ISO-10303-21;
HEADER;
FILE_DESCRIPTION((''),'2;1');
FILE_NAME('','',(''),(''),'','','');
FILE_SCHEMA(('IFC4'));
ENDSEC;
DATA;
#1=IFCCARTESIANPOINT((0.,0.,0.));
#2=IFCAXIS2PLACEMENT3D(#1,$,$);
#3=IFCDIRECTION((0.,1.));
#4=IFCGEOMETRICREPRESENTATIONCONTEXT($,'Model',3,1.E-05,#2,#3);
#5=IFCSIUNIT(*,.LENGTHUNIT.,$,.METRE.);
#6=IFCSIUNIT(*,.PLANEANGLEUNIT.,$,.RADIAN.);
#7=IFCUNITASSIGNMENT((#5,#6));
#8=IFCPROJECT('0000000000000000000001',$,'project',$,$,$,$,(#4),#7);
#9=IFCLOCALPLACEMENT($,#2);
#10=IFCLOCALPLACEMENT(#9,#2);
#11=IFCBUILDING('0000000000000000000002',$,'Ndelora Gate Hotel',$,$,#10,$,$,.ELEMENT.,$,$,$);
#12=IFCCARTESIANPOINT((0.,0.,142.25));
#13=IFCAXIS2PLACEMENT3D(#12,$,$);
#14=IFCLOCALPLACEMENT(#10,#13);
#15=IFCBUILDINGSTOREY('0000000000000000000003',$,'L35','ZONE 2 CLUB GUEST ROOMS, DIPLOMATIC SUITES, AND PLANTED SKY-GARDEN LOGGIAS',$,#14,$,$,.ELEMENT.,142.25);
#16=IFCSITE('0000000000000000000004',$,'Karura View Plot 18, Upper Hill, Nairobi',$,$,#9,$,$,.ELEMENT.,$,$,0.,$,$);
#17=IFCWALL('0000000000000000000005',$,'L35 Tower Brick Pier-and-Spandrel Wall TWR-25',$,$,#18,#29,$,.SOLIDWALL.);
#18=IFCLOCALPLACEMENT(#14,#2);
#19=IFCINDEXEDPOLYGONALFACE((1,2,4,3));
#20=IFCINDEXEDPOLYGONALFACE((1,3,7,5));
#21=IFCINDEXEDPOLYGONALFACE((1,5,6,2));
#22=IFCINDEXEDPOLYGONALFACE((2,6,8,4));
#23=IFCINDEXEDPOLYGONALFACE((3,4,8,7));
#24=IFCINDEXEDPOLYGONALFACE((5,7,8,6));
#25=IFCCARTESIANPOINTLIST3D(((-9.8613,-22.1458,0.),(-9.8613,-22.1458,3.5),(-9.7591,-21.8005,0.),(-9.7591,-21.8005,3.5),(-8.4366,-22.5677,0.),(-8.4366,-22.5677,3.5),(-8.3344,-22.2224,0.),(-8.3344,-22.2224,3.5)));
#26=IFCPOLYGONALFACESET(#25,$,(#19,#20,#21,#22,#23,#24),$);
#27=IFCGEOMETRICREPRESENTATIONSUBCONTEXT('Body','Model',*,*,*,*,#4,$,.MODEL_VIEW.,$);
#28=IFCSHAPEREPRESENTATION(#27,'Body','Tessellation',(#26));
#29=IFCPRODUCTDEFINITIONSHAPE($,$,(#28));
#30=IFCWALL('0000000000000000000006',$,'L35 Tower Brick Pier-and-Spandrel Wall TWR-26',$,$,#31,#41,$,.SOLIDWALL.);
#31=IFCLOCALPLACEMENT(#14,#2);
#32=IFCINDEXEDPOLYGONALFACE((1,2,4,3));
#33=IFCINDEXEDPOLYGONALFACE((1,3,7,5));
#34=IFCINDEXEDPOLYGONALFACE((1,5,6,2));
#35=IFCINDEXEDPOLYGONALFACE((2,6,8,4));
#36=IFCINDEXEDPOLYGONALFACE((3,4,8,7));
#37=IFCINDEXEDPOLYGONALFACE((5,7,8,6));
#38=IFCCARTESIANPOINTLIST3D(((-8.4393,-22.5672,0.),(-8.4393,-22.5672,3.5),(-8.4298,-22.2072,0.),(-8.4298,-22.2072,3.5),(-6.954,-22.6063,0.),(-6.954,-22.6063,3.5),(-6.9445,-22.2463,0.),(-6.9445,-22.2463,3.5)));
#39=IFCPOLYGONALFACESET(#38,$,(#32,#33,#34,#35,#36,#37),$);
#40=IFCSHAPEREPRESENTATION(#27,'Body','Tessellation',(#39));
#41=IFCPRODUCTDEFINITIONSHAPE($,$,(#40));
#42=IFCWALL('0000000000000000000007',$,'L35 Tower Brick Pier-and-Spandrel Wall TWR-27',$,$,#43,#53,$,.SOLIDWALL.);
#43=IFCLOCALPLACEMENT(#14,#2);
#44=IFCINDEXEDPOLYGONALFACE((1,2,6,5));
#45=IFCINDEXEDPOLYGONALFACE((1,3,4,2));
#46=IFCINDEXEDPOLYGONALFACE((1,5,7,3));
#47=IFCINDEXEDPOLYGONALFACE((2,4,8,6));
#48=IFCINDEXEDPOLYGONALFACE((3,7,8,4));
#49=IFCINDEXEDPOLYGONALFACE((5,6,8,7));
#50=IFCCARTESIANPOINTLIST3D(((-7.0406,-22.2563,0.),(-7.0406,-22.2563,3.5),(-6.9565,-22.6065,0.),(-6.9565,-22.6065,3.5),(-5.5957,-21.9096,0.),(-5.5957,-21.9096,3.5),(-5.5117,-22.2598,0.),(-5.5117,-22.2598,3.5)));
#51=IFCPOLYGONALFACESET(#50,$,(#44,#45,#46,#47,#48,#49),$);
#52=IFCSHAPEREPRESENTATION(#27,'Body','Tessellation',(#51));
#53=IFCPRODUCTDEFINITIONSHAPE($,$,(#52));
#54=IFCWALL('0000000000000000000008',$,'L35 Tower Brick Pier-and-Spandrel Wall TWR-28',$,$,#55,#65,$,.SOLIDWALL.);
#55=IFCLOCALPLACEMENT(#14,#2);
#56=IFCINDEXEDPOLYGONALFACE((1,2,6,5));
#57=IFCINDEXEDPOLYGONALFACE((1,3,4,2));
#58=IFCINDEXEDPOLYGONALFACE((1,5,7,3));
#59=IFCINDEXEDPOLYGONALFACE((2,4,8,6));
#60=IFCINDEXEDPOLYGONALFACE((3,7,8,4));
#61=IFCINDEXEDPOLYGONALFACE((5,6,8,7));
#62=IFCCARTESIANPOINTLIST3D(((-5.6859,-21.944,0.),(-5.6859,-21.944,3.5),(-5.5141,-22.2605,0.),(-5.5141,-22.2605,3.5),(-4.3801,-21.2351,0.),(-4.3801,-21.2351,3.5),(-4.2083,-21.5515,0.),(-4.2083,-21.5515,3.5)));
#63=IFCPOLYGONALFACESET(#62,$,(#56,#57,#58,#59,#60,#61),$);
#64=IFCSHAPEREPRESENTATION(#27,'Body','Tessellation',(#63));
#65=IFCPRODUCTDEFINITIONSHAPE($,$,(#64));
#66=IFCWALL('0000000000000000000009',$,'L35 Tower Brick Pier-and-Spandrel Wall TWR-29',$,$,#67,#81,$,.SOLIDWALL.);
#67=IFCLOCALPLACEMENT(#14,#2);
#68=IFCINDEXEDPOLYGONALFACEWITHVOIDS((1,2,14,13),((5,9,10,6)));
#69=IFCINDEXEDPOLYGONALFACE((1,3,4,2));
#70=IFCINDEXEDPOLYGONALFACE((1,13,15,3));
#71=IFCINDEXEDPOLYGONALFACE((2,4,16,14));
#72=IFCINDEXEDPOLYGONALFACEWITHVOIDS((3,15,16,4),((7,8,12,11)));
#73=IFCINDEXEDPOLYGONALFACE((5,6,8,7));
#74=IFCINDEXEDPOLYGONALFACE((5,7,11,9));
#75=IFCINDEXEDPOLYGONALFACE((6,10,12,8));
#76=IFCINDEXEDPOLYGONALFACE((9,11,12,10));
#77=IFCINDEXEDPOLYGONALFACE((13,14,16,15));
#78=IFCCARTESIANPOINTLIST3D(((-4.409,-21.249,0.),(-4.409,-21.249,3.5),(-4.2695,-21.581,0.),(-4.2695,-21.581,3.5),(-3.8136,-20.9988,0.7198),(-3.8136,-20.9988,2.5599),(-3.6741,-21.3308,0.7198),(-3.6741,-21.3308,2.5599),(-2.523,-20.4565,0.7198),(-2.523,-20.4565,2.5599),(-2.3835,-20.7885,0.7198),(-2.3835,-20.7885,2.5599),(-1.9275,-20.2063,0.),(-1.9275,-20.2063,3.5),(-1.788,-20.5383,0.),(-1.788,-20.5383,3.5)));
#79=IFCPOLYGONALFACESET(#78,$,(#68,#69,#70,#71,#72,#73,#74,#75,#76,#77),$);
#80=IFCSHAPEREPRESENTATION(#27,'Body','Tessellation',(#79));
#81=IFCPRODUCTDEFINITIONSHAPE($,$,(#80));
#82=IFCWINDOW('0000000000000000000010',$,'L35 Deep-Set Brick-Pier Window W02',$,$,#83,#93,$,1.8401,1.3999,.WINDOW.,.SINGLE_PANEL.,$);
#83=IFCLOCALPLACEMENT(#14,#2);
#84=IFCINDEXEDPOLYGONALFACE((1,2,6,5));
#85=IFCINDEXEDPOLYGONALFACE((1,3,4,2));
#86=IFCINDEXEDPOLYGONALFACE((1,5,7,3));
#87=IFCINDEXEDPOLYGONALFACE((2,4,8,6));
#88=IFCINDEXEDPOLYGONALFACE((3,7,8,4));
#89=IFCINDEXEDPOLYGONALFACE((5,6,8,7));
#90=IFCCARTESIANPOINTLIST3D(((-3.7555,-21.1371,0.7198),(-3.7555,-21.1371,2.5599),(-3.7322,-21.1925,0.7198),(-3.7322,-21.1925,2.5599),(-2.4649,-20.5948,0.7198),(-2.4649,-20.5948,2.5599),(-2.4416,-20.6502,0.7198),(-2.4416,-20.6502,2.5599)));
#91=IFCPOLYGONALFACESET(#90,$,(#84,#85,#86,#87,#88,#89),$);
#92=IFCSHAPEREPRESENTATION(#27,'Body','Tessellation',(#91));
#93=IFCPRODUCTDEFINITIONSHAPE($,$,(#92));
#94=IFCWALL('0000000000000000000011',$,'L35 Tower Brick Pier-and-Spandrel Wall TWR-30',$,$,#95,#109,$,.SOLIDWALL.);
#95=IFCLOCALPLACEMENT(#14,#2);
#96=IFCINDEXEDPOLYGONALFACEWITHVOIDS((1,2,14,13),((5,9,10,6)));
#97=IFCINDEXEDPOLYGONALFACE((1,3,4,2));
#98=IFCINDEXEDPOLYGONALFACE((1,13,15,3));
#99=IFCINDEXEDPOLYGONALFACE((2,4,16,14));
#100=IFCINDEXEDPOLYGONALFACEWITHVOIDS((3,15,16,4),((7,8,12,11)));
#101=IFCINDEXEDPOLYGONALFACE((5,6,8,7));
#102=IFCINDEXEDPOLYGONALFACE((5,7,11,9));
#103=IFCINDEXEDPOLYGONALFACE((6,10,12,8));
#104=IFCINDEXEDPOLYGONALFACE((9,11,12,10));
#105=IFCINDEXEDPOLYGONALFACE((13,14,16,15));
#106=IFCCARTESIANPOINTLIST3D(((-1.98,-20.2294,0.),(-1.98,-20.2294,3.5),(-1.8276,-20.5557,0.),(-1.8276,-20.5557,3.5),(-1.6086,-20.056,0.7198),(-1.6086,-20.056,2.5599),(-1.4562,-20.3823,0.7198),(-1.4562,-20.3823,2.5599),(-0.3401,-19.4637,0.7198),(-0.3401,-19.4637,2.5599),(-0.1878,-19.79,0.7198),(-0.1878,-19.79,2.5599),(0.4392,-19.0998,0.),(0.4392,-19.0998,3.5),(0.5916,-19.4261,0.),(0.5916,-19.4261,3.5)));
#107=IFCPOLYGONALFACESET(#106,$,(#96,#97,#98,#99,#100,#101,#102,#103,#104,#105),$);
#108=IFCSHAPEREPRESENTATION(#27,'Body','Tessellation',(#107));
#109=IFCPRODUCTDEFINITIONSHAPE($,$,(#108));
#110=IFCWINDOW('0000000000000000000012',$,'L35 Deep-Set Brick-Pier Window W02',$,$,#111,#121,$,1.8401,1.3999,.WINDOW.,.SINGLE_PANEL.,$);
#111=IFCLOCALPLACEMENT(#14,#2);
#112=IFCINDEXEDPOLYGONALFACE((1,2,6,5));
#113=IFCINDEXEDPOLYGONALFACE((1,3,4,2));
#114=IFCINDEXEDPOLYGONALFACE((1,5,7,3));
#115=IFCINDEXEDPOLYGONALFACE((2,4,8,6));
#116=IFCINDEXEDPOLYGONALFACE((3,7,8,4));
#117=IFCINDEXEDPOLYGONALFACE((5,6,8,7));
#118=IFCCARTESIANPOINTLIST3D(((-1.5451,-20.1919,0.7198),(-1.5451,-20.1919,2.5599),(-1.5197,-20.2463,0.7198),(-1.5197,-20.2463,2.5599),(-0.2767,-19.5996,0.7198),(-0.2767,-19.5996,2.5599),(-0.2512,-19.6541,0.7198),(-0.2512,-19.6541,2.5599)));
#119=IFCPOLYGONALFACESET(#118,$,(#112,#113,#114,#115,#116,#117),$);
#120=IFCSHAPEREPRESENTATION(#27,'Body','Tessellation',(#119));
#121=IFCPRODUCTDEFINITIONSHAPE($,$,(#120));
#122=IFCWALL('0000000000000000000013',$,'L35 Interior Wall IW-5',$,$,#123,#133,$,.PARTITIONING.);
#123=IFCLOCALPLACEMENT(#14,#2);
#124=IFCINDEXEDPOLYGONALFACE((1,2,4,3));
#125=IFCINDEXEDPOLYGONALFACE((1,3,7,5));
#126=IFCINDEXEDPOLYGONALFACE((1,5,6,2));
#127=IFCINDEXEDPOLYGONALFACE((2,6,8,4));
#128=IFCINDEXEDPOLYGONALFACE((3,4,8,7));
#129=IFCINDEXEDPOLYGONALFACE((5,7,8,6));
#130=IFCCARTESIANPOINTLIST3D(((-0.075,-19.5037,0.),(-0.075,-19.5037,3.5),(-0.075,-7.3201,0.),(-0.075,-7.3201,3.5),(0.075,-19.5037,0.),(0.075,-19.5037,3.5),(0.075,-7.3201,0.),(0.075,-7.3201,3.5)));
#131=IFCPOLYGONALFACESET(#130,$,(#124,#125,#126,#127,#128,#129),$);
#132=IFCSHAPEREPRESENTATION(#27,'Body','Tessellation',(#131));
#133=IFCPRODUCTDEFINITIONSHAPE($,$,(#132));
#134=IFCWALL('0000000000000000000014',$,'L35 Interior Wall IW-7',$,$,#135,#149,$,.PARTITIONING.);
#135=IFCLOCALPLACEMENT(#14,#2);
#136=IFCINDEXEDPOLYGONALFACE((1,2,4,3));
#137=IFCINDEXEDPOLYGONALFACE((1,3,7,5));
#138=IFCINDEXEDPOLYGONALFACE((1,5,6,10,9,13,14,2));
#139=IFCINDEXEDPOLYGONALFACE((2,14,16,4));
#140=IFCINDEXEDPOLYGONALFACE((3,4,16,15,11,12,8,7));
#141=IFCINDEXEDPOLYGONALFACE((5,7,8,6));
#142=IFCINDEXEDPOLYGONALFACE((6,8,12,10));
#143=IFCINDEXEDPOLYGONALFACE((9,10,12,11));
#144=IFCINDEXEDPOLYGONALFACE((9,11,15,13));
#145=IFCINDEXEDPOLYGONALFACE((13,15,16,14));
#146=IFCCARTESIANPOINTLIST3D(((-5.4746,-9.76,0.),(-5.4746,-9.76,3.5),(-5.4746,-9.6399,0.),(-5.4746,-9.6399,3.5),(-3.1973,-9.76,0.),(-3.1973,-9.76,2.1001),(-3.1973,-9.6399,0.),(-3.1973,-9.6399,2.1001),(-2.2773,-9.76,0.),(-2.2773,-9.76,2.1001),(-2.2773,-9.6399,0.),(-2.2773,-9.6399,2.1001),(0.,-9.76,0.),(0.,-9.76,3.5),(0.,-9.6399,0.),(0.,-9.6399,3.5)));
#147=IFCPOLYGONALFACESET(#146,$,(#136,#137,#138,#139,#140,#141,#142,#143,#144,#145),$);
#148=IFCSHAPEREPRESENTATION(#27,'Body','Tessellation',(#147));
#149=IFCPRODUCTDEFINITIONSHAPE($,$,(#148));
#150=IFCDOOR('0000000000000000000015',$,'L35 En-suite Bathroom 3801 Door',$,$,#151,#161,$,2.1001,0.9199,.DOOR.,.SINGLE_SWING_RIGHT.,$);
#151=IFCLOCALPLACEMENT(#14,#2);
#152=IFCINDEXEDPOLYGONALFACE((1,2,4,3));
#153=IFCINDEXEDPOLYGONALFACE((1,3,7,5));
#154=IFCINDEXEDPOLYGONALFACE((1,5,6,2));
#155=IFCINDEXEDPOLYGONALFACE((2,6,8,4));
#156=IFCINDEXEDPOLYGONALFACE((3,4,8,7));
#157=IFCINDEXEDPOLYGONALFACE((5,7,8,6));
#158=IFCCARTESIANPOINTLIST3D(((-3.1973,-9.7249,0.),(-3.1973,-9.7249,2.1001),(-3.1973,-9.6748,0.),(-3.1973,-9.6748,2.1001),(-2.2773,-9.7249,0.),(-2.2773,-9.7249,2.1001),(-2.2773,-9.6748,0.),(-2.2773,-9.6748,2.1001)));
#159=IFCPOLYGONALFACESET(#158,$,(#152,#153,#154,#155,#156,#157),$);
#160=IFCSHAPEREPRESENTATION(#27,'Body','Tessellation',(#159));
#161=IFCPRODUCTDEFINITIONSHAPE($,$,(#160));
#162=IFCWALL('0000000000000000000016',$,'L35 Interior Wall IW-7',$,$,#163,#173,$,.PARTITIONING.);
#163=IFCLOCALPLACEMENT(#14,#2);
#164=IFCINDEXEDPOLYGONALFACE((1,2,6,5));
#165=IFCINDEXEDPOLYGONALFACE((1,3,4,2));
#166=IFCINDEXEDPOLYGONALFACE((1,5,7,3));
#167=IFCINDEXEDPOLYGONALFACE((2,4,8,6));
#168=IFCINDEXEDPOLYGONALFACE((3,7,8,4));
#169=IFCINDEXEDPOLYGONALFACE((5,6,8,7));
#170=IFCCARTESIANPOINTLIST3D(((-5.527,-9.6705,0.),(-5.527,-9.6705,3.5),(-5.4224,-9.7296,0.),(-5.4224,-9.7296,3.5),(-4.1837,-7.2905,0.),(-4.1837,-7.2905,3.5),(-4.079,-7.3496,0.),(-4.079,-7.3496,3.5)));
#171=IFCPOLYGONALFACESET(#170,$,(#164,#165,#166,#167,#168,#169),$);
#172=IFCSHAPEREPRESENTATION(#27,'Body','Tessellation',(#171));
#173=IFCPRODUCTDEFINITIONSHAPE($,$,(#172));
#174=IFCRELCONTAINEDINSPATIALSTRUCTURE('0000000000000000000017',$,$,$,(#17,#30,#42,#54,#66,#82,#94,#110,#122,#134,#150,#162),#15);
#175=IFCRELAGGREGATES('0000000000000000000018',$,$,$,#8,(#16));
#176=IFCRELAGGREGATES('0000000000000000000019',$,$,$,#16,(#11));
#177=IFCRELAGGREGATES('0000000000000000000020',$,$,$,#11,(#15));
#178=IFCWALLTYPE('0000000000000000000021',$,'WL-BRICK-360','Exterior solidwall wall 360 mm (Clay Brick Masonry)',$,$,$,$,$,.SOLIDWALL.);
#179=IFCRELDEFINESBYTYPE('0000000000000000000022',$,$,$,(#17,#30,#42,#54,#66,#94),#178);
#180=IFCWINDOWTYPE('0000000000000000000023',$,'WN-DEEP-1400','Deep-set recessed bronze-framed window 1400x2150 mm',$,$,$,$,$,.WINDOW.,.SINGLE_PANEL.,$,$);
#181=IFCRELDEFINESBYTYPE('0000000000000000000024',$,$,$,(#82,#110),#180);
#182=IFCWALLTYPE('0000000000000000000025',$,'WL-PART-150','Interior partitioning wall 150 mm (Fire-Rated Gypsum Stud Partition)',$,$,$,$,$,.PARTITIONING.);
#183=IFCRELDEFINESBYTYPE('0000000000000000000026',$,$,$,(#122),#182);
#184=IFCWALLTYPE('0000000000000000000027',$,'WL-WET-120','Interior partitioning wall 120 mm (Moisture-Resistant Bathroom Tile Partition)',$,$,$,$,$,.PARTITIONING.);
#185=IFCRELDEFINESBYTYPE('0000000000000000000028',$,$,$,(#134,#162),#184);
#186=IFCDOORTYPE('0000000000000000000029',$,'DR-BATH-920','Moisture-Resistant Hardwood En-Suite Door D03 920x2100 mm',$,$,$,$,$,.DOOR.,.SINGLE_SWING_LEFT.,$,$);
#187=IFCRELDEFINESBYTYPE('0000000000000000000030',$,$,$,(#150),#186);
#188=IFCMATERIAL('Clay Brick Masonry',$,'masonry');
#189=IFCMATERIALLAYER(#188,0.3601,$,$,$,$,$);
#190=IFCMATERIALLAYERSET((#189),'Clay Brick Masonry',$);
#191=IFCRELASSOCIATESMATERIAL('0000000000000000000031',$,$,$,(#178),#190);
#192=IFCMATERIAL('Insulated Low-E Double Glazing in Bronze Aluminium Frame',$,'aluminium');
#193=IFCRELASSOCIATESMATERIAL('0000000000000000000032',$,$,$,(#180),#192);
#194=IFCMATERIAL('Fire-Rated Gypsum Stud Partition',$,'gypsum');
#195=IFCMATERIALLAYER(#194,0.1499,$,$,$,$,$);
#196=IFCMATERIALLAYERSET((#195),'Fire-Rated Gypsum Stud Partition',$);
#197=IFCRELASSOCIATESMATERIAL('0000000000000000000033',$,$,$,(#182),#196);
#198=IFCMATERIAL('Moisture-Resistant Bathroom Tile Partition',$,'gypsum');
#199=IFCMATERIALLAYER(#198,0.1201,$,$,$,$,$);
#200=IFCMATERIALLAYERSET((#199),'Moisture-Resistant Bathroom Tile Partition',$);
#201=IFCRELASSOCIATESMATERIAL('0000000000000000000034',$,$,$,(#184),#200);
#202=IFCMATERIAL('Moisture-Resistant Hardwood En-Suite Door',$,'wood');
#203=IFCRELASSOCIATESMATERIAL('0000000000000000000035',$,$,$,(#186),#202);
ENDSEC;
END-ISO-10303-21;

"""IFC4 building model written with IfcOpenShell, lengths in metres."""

from ifc_helpers import new_model, si_unit, direction, frame, frame_2d, origin, place, context, subcontext, project, spatial, rectangle, extrude, material, layer, layer_set, type_object, element, fill, save


model = new_model("IFC4")

# Units and contexts
model_context = context("Model", 3, precision=1e-05, world=origin(), true_north=direction((0.0, 1.0)))
body_context = subcontext(model_context, "Body", "Model", "MODEL_VIEW")
ifc_project = project(units=[si_unit("LENGTHUNIT", "METRE"), si_unit("PLANEANGLEUNIT", "RADIAN")], contexts=[model_context])

# Site, building, storey
site_placement = place(None, origin())
site = spatial("IfcSite", under=ifc_project, at=site_placement, Name="Karura View Plot 18, Upper Hill, Nairobi", CompositionType="ELEMENT", RefElevation=0.0)
building_placement = place(site_placement, origin())
building = spatial("IfcBuilding", under=site, at=building_placement, Name="Ndelora Gate Hotel", CompositionType="ELEMENT")
storey_placement = place(building_placement, frame((0.0, 0.0, 142.25)))
storey = spatial("IfcBuildingStorey", under=building, at=storey_placement, Name="L35", Description="ZONE 2 CLUB GUEST ROOMS, DIPLOMATIC SUITES, AND PLANTED SKY-GARDEN LOGGIAS", CompositionType="ELEMENT", Elevation=142.25)

# Walls
ifc_material_1 = material(Name="Clay Brick Masonry", Category="masonry")
ifc_layer_1 = layer(ifc_material_1, 0.3601)
ifc_layer_set_1 = layer_set([ifc_layer_1], Name="Clay Brick Masonry")
wall_type_1 = type_object("IfcWallType", Name="WL-BRICK-360", Description="Exterior solidwall wall 360 mm (Clay Brick Masonry)", PredefinedType="SOLIDWALL", material=ifc_layer_set_1)
for number, where, z_axis, x_axis, name in (
    (1, (-8.3855, -22.395, 0.0), (0.0, 0.0, 1.0), (-0.958851, 0.283909, 0.0), "L35 Tower Brick Pier-and-Spandrel Wall TWR-25"),
    (2, (-6.9492, -22.4263, 0.0), (0.0, 0.0, 1.0), (-0.999654, 0.026289, 0.0), "L35 Tower Brick Pier-and-Spandrel Wall TWR-26"),
    (3, (-5.5537, -22.0847, 0.0), (0.0, 0.0, 1.0), (-0.972399, -0.233323, 0.0), "L35 Tower Brick Pier-and-Spandrel Wall TWR-27"),
    (4, (-4.2942, -21.3933, 0.0), (0.0, 0.0, 1.0), (-0.878836, -0.477124, 0.0), "L35 Tower Brick Pier-and-Spandrel Wall TWR-28"),
):
    element("IfcWall", number, at=place(storey_placement, frame(where, z_axis=z_axis, x_axis=x_axis)), inside=storey, type_object=wall_type_1, Name=name, PredefinedType="SOLIDWALL", context=body_context, shape_type="SweptSolid", body=[
        extrude(rectangle(XDim=1.4858, YDim=0.3601, at=frame_2d((0.7429, 0.0))), origin(), (0.0, 0.0, 1.0), 3.5),
    ])

# Walls, openings, windows
wall_1_placement = place(storey_placement, frame((-1.8579, -20.3723, 0.0), z_axis=(0.0, 0.0, 1.0), x_axis=(-0.921913, -0.387396, 0.0)))
wall_1 = element("IfcWall", 5, at=wall_1_placement, inside=storey, type_object=wall_type_1, Name="L35 Tower Brick Pier-and-Spandrel Wall TWR-29", PredefinedType="SOLIDWALL", context=body_context, shape_type="SweptSolid", body=[
    extrude(rectangle(XDim=2.6917, YDim=0.3601, at=frame_2d((1.3457, 0.0))), origin(), (0.0, 0.0, 1.0), 3.5),
])
opening_1_placement = place(wall_1_placement, frame((0.6458, 0.0, 0.72)))
opening_1 = element("IfcOpeningElement", 6, at=opening_1_placement, cuts=wall_1, PredefinedType="OPENING", context=body_context, shape_type="SweptSolid", body=[
    extrude(rectangle(XDim=1.3999, YDim=1.8401, at=frame_2d((0.7, 0.9199))), frame((0.0, 0.1899, 0.0), z_axis=(0.0, -1.0, 0.0), x_axis=(1.0, 0.0, 0.0)), (0.0, 0.0, 1.0), 0.3801),
])
ifc_material_2 = material(Name="Insulated Low-E Double Glazing in Bronze Aluminium Frame", Category="aluminium")
window_type = type_object("IfcWindowType", Name="WN-DEEP-1400", Description="Deep-set recessed bronze-framed window 1400x2150 mm", PartitioningType="SINGLE_PANEL", PredefinedType="WINDOW", material=ifc_material_2)
window_1_placement = place(opening_1_placement, origin())
window_1 = element("IfcWindow", 7, at=window_1_placement, inside=storey, type_object=window_type, Name="L35 Deep-Set Brick-Pier Window W02", OverallHeight=1.8401, OverallWidth=1.3999, PartitioningType="SINGLE_PANEL", PredefinedType="WINDOW", context=body_context, shape_type="SweptSolid", body=[
    extrude(rectangle(XDim=1.3999, YDim=1.8401, at=frame_2d((0.7, 0.9199))), frame((0.0, 0.03, 0.0), z_axis=(0.0, -1.0, 0.0), x_axis=(1.0, 0.0, 0.0)), (0.0, 0.0, 1.0), 0.0601),
])
fill(opening_1, window_1)
wall_2_placement = place(storey_placement, frame((0.5154, -19.2629, 0.0), z_axis=(0.0, 0.0, 1.0), x_axis=(-0.906085, -0.423096, 0.0)))
wall_2 = element("IfcWall", 8, at=wall_2_placement, inside=storey, type_object=wall_type_1, Name="L35 Tower Brick Pier-and-Spandrel Wall TWR-30", PredefinedType="SOLIDWALL", context=body_context, shape_type="SweptSolid", body=[
    extrude(rectangle(XDim=2.6699, YDim=0.3601, at=frame_2d((1.335, 0.0))), origin(), (0.0, 0.0, 1.0), 3.5),
])
opening_2_placement = place(wall_2_placement, frame((0.8601, 0.0, 0.72)))
opening_2 = element("IfcOpeningElement", 9, at=opening_2_placement, cuts=wall_2, PredefinedType="OPENING", context=body_context, shape_type="SweptSolid", body=[
    extrude(rectangle(XDim=1.3999, YDim=1.8401, at=frame_2d((0.7, 0.9199))), frame((0.0, 0.1899, 0.0), z_axis=(0.0, -1.0, 0.0), x_axis=(1.0, 0.0, 0.0)), (0.0, 0.0, 1.0), 0.3801),
])
window_2_placement = place(opening_2_placement, origin())
window_2 = element("IfcWindow", 10, at=window_2_placement, inside=storey, type_object=window_type, Name="L35 Deep-Set Brick-Pier Window W02", OverallHeight=1.8401, OverallWidth=1.3999, PartitioningType="SINGLE_PANEL", PredefinedType="WINDOW", context=body_context, shape_type="SweptSolid", body=[
    extrude(rectangle(XDim=1.3999, YDim=1.8401, at=frame_2d((0.7, 0.9199))), frame((0.0, 0.03, 0.0), z_axis=(0.0, -1.0, 0.0), x_axis=(1.0, 0.0, 0.0)), (0.0, 0.0, 1.0), 0.0601),
])
fill(opening_2, window_2)

# Wall
ifc_material_3 = material(Name="Fire-Rated Gypsum Stud Partition", Category="gypsum")
ifc_layer_2 = layer(ifc_material_3, 0.1499)
ifc_layer_set_2 = layer_set([ifc_layer_2], Name="Fire-Rated Gypsum Stud Partition")
wall_type_2 = type_object("IfcWallType", Name="WL-PART-150", Description="Interior partitioning wall 150 mm (Fire-Rated Gypsum Stud Partition)", PredefinedType="PARTITIONING", material=ifc_layer_set_2)
wall_3_placement = place(storey_placement, frame((0.0, -7.3201, 0.0), z_axis=(0.0, 0.0, 1.0), x_axis=(0.0, -1.0, 0.0)))
element("IfcWall", 11, at=wall_3_placement, inside=storey, type_object=wall_type_2, Name="L35 Interior Wall IW-5", PredefinedType="PARTITIONING", context=body_context, shape_type="SweptSolid", body=[
    extrude(rectangle(XDim=12.1836, YDim=0.1499, at=frame_2d((6.0918, 0.0))), origin(), (0.0, 0.0, 1.0), 3.5),
])

# Wall, opening, door
ifc_material_4 = material(Name="Moisture-Resistant Bathroom Tile Partition", Category="gypsum")
ifc_layer_3 = layer(ifc_material_4, 0.1201)
ifc_layer_set_3 = layer_set([ifc_layer_3], Name="Moisture-Resistant Bathroom Tile Partition")
wall_type_3 = type_object("IfcWallType", Name="WL-WET-120", Description="Interior partitioning wall 120 mm (Moisture-Resistant Bathroom Tile Partition)", PredefinedType="PARTITIONING", material=ifc_layer_set_3)
wall_4_placement = place(storey_placement, frame((0.0, -9.7, 0.0), z_axis=(0.0, 0.0, 1.0), x_axis=(-1.0, 0.0, 0.0)))
wall_4 = element("IfcWall", 12, at=wall_4_placement, inside=storey, type_object=wall_type_3, Name="L35 Interior Wall IW-7", PredefinedType="PARTITIONING", context=body_context, shape_type="SweptSolid", body=[
    extrude(rectangle(XDim=5.4746, YDim=0.1201, at=frame_2d((2.7373, 0.0))), origin(), (0.0, 0.0, 1.0), 3.5),
])
opening_3_placement = place(wall_4_placement, frame((2.2773, 0.0, 0.0)))
opening_3 = element("IfcOpeningElement", 13, at=opening_3_placement, cuts=wall_4, PredefinedType="OPENING", context=body_context, shape_type="SweptSolid", body=[
    extrude(rectangle(XDim=0.9199, YDim=2.1001, at=frame_2d((0.46, 1.05))), frame((0.0, 0.0701, 0.0), z_axis=(0.0, -1.0, 0.0), x_axis=(1.0, 0.0, 0.0)), (0.0, 0.0, 1.0), 0.1401),
])
ifc_material_5 = material(Name="Moisture-Resistant Hardwood En-Suite Door", Category="wood")
door_type = type_object("IfcDoorType", Name="DR-BATH-920", Description="Moisture-Resistant Hardwood En-Suite Door D03 920x2100 mm", OperationType="SINGLE_SWING_LEFT", PredefinedType="DOOR", material=ifc_material_5)
door_placement = place(opening_3_placement, origin())
door = element("IfcDoor", 14, at=door_placement, inside=storey, type_object=door_type, Name="L35 En-suite Bathroom 3801 Door", OperationType="SINGLE_SWING_RIGHT", OverallHeight=2.1001, OverallWidth=0.9199, PredefinedType="DOOR", context=body_context, shape_type="SweptSolid", body=[
    extrude(rectangle(XDim=0.9199, YDim=2.1001, at=frame_2d((0.46, 1.05))), frame((0.0, 0.0249, 0.0), z_axis=(0.0, -1.0, 0.0), x_axis=(1.0, 0.0, 0.0)), (0.0, 0.0, 1.0), 0.05),
])
fill(opening_3, door)

# Wall
wall_5_placement = place(storey_placement, frame((-4.1313, -7.3201, 0.0), z_axis=(0.0, 0.0, 1.0), x_axis=(-0.491533, -0.870859, 0.0)))
element("IfcWall", 15, at=wall_5_placement, inside=storey, type_object=wall_type_3, Name="L35 Interior Wall IW-7", PredefinedType="PARTITIONING", context=body_context, shape_type="SweptSolid", body=[
    extrude(rectangle(XDim=2.7329, YDim=0.1201, at=frame_2d((1.3665, 0.0))), origin(), (0.0, 0.0, 1.0), 3.5),
])

save(model, "model.ifc")
